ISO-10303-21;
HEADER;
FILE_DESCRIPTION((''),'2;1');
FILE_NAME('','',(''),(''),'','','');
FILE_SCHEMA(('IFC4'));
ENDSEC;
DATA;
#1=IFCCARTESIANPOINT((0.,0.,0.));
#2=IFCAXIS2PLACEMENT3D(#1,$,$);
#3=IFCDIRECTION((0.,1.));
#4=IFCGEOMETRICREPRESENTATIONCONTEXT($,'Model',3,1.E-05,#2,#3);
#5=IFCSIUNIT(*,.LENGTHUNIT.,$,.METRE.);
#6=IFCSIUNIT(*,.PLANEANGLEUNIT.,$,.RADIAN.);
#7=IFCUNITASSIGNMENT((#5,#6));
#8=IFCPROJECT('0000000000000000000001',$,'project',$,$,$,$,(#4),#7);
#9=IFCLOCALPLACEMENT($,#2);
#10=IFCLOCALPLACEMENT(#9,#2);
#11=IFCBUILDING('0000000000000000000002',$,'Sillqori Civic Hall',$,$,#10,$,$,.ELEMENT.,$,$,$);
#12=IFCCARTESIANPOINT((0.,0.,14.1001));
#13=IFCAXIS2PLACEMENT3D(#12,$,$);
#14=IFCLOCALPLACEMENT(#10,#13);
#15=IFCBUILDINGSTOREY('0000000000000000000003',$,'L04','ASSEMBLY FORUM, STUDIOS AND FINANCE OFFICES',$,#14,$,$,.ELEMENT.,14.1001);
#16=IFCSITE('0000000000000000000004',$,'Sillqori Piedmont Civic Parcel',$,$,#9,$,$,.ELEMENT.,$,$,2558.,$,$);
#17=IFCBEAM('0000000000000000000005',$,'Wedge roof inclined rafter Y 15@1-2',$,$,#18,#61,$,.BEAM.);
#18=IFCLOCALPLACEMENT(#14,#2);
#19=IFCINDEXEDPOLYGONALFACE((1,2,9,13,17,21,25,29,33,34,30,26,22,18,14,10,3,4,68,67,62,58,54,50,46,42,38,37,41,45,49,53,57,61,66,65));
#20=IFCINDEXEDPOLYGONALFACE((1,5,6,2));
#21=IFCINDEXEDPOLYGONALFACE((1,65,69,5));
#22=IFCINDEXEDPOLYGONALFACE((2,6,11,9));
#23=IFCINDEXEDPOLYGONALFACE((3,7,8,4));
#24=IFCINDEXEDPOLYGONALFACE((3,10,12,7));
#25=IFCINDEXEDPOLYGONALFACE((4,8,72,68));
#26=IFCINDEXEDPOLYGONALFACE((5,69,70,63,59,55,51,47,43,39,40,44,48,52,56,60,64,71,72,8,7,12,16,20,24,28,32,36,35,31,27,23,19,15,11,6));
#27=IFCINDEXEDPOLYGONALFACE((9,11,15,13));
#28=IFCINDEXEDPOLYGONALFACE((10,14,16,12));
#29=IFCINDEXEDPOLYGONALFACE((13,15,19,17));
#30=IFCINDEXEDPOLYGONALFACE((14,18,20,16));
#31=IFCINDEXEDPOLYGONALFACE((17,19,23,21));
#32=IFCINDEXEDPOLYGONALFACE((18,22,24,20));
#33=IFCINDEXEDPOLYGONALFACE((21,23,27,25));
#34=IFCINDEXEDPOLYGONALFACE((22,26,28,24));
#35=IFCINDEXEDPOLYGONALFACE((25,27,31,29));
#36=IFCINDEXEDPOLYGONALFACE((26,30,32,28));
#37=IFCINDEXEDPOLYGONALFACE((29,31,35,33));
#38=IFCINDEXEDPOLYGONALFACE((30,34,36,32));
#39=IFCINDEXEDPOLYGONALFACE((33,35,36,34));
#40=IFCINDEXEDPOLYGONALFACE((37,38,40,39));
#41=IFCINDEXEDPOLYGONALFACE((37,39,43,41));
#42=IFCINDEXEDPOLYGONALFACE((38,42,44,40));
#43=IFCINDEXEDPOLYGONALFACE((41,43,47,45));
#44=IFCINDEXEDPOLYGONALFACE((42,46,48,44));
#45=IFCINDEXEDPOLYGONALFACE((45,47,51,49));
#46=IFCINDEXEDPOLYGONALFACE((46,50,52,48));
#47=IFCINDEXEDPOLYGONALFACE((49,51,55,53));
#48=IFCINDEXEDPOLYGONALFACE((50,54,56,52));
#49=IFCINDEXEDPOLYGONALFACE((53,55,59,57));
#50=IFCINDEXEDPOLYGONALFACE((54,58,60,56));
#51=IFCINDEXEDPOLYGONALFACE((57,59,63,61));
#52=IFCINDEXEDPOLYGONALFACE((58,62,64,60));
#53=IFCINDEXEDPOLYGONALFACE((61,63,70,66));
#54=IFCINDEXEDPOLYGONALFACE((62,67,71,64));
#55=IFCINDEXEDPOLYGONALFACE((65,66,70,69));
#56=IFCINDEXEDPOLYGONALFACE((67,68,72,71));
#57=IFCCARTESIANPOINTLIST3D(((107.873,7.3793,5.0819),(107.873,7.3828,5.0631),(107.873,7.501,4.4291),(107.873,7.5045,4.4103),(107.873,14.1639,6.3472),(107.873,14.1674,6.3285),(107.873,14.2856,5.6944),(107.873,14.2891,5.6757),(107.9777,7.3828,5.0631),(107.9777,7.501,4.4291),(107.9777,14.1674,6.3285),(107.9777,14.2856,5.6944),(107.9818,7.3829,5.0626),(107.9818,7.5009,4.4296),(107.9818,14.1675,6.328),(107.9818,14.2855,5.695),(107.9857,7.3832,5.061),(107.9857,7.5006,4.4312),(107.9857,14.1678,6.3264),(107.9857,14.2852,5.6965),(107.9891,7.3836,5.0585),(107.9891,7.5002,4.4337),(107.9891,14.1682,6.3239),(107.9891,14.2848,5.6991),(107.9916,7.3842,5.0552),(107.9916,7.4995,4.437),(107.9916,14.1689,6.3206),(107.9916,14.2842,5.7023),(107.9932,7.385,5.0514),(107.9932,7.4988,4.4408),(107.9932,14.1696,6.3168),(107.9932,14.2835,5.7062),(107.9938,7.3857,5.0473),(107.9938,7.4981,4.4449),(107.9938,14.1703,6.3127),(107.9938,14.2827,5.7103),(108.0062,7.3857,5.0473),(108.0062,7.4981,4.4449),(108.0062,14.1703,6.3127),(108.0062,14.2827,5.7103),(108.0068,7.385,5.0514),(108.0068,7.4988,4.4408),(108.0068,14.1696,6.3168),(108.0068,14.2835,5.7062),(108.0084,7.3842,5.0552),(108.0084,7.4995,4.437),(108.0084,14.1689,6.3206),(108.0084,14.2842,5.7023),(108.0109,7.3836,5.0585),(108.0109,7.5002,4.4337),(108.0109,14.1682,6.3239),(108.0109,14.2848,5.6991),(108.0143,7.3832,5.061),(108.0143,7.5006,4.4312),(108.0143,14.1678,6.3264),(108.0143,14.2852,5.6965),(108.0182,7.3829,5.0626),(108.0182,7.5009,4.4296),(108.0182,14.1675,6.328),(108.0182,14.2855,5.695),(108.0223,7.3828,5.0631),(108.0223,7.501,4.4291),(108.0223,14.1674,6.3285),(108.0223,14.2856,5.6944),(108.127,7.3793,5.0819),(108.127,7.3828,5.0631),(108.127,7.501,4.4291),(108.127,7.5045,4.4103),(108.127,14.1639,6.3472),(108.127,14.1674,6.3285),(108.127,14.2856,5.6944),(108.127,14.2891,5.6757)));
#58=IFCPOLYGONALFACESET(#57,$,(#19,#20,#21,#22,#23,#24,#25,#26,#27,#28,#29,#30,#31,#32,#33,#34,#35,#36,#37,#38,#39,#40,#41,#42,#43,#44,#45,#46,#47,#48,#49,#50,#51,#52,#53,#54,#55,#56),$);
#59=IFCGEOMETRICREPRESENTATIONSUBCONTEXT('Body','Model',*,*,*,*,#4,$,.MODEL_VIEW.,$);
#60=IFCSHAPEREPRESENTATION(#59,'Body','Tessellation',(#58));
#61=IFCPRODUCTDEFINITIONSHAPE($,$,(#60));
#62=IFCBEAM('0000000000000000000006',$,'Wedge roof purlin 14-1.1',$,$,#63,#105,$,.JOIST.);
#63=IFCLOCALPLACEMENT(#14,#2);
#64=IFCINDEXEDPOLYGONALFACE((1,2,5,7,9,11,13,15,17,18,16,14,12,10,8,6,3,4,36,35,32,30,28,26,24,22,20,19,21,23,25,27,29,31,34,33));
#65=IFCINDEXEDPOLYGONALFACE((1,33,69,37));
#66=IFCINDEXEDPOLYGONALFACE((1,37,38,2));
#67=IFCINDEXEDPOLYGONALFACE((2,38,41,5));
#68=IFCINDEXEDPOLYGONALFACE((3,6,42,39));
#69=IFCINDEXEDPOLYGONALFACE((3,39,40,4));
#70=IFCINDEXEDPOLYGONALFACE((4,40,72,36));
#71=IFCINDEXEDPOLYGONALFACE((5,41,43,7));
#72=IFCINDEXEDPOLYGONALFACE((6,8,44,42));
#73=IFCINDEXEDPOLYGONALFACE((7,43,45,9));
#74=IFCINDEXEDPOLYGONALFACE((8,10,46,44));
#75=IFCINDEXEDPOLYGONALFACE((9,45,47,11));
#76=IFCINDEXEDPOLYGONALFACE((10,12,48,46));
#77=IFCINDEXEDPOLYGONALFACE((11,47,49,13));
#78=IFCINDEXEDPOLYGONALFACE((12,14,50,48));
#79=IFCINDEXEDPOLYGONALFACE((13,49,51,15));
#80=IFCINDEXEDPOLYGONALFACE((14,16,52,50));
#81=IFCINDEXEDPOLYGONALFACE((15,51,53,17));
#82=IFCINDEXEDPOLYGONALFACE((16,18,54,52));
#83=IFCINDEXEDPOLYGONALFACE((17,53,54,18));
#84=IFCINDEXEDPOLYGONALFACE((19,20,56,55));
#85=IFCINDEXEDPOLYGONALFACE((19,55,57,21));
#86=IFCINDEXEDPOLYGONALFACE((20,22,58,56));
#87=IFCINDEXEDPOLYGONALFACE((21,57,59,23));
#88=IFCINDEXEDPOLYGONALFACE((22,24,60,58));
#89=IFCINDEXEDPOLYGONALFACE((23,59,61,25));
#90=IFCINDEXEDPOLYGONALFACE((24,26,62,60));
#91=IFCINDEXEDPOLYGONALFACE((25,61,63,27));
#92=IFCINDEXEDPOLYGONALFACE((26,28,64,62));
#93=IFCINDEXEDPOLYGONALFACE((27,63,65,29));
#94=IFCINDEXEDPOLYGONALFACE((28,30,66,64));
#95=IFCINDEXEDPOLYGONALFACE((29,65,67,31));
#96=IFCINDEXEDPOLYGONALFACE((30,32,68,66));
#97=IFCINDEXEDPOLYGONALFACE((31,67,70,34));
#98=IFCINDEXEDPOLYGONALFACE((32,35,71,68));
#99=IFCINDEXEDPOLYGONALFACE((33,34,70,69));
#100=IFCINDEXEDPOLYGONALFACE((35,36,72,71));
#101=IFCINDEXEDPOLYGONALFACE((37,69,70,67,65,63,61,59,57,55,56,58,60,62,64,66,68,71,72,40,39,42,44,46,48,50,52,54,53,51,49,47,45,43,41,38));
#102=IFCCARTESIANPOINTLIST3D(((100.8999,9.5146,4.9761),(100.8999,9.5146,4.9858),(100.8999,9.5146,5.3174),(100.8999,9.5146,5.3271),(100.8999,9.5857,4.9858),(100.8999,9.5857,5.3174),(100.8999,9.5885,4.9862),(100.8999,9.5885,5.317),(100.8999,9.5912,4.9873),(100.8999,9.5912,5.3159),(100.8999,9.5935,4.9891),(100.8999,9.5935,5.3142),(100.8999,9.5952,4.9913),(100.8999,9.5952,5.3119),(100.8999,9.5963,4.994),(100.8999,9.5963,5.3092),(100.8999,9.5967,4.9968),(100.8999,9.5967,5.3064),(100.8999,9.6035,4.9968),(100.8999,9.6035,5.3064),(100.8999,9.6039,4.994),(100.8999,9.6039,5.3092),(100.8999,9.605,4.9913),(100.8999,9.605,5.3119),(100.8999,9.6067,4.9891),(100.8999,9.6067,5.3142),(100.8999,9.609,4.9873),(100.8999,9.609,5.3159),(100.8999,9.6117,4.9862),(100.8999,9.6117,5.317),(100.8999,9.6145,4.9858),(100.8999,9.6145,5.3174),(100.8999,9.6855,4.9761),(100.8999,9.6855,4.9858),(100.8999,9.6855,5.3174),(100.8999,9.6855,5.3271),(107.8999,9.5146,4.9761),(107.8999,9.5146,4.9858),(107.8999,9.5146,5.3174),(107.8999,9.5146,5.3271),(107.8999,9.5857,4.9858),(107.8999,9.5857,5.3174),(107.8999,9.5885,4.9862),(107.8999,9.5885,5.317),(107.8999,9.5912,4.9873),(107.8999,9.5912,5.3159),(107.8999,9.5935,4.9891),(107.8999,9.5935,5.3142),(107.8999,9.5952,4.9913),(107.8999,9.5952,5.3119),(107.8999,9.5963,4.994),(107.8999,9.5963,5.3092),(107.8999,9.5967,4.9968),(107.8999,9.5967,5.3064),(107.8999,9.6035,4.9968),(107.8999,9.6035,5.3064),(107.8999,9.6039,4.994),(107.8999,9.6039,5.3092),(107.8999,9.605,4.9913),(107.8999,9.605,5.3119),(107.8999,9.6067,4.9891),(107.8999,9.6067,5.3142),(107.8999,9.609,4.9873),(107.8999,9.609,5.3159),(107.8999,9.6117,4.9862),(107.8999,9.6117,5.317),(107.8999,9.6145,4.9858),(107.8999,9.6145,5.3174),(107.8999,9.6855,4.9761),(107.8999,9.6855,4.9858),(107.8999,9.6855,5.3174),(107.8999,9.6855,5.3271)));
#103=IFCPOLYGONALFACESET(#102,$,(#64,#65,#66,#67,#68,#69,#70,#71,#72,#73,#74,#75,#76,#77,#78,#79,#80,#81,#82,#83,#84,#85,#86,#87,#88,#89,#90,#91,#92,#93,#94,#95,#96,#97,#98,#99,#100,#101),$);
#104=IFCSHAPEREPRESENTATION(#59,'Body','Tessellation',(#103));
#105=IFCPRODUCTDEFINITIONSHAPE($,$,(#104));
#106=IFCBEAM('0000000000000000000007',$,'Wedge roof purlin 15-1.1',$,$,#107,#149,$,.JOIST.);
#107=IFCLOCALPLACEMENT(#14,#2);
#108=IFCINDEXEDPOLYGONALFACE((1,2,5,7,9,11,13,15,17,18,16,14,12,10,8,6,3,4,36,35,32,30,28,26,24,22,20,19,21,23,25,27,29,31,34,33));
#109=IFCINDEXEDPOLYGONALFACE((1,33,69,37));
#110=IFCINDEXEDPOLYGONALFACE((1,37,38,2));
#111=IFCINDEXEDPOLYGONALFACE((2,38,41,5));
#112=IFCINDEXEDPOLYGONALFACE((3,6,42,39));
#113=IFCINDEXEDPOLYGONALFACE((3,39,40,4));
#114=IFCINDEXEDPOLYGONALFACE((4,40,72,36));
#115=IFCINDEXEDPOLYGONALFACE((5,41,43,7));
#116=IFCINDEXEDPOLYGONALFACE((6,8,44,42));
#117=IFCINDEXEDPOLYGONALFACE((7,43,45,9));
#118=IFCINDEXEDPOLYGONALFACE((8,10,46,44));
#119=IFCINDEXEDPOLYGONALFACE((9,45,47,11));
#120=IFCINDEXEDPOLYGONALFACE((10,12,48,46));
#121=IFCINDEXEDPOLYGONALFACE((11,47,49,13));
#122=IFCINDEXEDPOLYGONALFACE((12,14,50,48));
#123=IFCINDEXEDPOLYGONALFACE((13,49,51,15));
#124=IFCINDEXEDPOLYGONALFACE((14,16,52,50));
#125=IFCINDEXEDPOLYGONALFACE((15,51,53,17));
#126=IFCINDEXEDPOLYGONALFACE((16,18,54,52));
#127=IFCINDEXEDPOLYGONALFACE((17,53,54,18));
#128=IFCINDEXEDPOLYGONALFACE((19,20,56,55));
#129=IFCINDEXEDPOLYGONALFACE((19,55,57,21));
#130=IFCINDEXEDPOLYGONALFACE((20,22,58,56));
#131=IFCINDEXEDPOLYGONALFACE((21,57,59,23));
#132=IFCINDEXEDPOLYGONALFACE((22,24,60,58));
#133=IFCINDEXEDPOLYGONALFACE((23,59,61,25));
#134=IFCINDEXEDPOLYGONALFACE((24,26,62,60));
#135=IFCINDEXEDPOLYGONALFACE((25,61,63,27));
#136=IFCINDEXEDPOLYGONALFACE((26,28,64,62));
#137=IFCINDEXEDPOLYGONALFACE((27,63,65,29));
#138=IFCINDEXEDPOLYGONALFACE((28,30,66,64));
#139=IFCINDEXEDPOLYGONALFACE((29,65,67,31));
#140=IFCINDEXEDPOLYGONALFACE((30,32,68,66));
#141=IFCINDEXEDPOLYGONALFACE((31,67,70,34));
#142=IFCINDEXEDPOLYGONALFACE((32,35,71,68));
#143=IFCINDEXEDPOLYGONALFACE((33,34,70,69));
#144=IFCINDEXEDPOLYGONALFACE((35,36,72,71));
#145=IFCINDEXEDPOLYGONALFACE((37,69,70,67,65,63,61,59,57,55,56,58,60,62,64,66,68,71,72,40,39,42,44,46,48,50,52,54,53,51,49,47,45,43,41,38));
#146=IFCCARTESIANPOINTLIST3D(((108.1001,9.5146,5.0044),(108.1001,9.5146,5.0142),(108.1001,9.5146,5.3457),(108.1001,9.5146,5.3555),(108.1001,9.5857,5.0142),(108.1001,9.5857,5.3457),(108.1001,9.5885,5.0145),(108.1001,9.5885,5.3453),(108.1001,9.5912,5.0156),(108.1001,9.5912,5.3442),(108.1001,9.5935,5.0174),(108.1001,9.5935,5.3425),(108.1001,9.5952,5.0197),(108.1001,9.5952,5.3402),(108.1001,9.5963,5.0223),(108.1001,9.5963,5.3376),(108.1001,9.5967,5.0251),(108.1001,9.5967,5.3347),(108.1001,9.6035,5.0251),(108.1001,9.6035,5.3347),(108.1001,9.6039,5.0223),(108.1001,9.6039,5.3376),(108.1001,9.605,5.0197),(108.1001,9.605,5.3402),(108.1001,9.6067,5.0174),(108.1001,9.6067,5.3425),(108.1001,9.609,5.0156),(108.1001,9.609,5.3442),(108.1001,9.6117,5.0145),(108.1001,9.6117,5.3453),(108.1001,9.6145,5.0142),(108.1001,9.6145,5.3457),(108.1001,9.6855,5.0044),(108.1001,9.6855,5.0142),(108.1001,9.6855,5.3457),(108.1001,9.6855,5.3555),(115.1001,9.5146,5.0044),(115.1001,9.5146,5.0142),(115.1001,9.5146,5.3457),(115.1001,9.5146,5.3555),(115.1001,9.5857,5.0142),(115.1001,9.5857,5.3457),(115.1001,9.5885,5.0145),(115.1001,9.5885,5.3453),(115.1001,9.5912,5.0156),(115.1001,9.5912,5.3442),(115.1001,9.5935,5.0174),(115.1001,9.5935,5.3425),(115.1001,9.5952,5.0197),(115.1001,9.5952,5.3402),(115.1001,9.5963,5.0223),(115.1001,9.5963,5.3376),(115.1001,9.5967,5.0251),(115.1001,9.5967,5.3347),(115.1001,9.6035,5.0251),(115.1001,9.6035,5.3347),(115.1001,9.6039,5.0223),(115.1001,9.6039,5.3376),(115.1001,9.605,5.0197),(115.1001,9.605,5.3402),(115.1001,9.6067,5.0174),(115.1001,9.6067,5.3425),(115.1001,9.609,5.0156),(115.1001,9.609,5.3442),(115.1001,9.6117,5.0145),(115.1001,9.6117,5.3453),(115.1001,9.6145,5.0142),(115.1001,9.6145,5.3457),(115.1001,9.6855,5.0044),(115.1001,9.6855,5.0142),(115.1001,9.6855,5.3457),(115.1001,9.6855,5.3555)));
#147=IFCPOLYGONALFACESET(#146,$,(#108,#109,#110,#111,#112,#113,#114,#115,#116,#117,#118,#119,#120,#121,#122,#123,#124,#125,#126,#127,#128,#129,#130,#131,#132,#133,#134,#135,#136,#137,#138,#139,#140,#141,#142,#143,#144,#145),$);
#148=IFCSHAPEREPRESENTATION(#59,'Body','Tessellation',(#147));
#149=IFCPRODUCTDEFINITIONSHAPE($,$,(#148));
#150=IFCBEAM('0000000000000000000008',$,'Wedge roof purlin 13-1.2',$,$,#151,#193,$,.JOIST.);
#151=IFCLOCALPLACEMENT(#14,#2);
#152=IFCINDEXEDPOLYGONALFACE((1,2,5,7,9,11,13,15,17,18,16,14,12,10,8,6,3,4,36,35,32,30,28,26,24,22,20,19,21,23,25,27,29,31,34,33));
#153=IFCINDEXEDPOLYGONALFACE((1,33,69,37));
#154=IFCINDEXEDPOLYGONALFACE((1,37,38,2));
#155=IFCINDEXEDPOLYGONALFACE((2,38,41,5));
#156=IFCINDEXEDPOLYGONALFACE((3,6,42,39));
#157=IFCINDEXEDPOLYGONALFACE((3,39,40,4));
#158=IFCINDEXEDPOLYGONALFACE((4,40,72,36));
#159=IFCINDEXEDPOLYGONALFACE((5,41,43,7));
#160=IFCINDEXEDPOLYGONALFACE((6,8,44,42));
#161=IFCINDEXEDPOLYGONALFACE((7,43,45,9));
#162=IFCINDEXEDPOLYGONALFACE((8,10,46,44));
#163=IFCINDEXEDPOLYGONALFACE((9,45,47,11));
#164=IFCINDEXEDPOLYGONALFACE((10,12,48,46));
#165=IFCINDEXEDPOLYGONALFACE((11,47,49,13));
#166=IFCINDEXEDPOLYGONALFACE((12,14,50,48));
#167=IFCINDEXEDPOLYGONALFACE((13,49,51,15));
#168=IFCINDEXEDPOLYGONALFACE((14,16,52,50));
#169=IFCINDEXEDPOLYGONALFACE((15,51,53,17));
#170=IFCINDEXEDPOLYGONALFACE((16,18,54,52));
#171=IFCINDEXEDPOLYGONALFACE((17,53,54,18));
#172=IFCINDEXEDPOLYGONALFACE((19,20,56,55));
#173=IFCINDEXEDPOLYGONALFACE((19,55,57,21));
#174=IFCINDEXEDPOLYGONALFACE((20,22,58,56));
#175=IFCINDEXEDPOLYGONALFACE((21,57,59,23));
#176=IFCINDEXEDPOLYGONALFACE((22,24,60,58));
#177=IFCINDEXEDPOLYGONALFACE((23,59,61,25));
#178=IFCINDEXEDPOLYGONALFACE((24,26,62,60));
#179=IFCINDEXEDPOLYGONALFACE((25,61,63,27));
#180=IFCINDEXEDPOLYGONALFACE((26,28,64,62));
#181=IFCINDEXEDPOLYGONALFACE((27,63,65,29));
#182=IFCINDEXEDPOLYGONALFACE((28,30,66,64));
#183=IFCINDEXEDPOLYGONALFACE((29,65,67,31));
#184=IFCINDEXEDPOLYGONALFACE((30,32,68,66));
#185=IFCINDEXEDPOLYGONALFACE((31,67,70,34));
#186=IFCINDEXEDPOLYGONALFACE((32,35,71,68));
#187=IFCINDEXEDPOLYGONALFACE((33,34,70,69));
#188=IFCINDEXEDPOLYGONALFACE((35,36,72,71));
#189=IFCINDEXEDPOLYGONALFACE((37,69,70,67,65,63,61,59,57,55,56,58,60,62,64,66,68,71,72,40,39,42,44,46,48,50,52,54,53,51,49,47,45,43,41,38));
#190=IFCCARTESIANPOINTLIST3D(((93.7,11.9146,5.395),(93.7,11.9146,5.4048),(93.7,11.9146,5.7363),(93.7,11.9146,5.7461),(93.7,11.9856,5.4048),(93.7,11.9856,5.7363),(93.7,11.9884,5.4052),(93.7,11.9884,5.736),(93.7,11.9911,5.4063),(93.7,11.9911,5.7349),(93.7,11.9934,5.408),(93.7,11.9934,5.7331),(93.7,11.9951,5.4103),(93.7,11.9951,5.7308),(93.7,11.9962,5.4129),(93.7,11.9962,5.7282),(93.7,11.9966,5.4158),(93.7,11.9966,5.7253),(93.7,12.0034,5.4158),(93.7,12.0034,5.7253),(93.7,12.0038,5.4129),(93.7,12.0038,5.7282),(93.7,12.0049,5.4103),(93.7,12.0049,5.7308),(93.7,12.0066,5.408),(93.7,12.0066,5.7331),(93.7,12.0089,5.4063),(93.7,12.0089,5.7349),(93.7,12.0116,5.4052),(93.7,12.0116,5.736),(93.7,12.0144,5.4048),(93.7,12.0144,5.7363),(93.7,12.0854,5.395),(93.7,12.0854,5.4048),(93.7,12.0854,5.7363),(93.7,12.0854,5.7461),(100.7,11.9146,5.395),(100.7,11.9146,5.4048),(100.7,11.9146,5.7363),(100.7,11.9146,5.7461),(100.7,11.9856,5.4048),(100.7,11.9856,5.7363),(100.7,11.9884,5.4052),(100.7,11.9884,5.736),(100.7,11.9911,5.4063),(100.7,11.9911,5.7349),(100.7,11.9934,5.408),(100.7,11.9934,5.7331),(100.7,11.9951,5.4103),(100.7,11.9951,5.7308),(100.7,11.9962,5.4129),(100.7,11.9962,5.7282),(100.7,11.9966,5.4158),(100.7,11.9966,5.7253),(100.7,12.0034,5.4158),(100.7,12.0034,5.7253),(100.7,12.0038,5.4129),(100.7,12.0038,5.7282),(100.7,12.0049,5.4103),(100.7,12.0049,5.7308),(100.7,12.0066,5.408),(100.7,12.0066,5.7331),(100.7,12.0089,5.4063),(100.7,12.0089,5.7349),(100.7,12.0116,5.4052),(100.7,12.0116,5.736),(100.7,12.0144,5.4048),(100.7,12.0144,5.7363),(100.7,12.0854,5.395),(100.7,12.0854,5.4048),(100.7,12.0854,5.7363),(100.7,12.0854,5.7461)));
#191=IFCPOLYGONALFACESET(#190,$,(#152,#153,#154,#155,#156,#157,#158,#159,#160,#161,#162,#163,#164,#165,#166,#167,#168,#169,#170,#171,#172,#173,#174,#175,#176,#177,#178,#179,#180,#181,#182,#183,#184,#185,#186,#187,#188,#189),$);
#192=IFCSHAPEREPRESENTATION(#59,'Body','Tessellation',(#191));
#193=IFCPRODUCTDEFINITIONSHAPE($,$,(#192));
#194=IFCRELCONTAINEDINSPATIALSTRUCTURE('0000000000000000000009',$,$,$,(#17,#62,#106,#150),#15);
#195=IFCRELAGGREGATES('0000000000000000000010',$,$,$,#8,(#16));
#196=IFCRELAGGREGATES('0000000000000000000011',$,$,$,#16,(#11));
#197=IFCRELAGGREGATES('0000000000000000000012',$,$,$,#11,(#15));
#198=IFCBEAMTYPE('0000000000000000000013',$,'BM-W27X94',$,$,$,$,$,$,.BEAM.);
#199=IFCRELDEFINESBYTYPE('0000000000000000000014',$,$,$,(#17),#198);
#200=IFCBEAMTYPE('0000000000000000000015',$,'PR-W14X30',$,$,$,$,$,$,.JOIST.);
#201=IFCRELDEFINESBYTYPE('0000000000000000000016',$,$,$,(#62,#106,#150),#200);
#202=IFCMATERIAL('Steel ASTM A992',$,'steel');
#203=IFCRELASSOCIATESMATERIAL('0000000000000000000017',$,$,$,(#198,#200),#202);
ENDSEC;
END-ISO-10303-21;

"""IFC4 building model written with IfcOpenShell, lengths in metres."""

from ifc_helpers import new_model, si_unit, direction, frame, origin, origin_2d, place, context, subcontext, project, spatial, i_section, extrude, material, material_profile, profile_set, type_object, element, save


model = new_model("IFC4")

# Units and contexts
model_context = context("Model", 3, precision=1e-05, world=origin(), true_north=direction((0.0, 1.0)))
body_context = subcontext(model_context, "Body", "Model", "MODEL_VIEW")
ifc_project = project(units=[si_unit("LENGTHUNIT", "METRE"), si_unit("PLANEANGLEUNIT", "RADIAN")], contexts=[model_context])

# Site, building, storey
site_placement = place(None, origin())
site = spatial("IfcSite", under=ifc_project, at=site_placement, Name="Sillqori Piedmont Civic Parcel", CompositionType="ELEMENT", RefElevation=2558.0)
building_placement = place(site_placement, origin())
building = spatial("IfcBuilding", under=site, at=building_placement, Name="Sillqori Civic Hall", CompositionType="ELEMENT")
storey_placement = place(building_placement, frame((0.0, 0.0, 14.1001)))
storey = spatial("IfcBuildingStorey", under=building, at=storey_placement, Name="L04", Description="ASSEMBLY FORUM, STUDIOS AND FINANCE OFFICES", CompositionType="ELEMENT", Elevation=14.1001)

# Beams
ifc_material_1 = material(Name="Steel ASTM A992", Category="steel")
ifc_material_profile_1 = material_profile(ifc_material_1, i_section(OverallWidth=0.2539, OverallDepth=0.6831, WebThickness=0.0125, FlangeThickness=0.019, FilletRadius=0.0161, at=origin_2d()), Name="W27X94")
ifc_profile_set_1 = profile_set([ifc_material_profile_1], Name="Steel ASTM A992")
beam_type_1 = type_object("IfcBeamType", Name="BM-W27X94", PredefinedType="BEAM", material=ifc_profile_set_1)
for number, where, z_axis, x_axis, name in (
    (1, (108.0, 7.4419, 4.7461), (0.0, 0.983049, 0.183344), (-1.0, 0.0, 0.0), "Wedge roof inclined rafter Y 15@1-2"),
):
    element("IfcBeam", number, at=place(storey_placement, frame(where, z_axis=z_axis, x_axis=x_axis)), inside=storey, type_object=beam_type_1, Name=name, PredefinedType="BEAM", context=body_context, shape_type="SweptSolid", body=[
        extrude(i_section(OverallWidth=0.2539, OverallDepth=0.6831, WebThickness=0.0125, FlangeThickness=0.019, FilletRadius=0.0161, at=origin_2d()), origin(), (0.0, 0.0, 1.0), 6.9016),
    ])
ifc_material_profile_2 = material_profile(ifc_material_1, i_section(OverallWidth=0.1709, OverallDepth=0.3511, WebThickness=0.0068, FlangeThickness=0.0098, FilletRadius=0.011, at=origin_2d()), Name="W14X30")
ifc_profile_set_2 = profile_set([ifc_material_profile_2], Name="Steel ASTM A992")
beam_type_2 = type_object("IfcBeamType", Name="PR-W14X30", PredefinedType="JOIST", material=ifc_profile_set_2)
for number, where, z_axis, x_axis, name in (
    (2, (100.8999, 9.6001, 5.1516), (1.0, 0.0, 0.0), (0.0, 1.0, 0.0), "Wedge roof purlin 14-1.1"),
    (3, (108.1001, 9.6001, 5.1799), (1.0, 0.0, 0.0), (0.0, 1.0, 0.0), "Wedge roof purlin 15-1.1"),
    (4, (93.7, 12.0, 5.5706), (1.0, 0.0, 0.0), (0.0, 1.0, 0.0), "Wedge roof purlin 13-1.2"),
):
    element("IfcBeam", number, at=place(storey_placement, frame(where, z_axis=z_axis, x_axis=x_axis)), inside=storey, type_object=beam_type_2, Name=name, PredefinedType="JOIST", context=body_context, shape_type="SweptSolid", body=[
        extrude(i_section(OverallWidth=0.1709, OverallDepth=0.3511, WebThickness=0.0068, FlangeThickness=0.0098, FilletRadius=0.011, at=origin_2d()), origin(), (0.0, 0.0, 1.0), 7.0),
    ])

save(model, "model.ifc")
